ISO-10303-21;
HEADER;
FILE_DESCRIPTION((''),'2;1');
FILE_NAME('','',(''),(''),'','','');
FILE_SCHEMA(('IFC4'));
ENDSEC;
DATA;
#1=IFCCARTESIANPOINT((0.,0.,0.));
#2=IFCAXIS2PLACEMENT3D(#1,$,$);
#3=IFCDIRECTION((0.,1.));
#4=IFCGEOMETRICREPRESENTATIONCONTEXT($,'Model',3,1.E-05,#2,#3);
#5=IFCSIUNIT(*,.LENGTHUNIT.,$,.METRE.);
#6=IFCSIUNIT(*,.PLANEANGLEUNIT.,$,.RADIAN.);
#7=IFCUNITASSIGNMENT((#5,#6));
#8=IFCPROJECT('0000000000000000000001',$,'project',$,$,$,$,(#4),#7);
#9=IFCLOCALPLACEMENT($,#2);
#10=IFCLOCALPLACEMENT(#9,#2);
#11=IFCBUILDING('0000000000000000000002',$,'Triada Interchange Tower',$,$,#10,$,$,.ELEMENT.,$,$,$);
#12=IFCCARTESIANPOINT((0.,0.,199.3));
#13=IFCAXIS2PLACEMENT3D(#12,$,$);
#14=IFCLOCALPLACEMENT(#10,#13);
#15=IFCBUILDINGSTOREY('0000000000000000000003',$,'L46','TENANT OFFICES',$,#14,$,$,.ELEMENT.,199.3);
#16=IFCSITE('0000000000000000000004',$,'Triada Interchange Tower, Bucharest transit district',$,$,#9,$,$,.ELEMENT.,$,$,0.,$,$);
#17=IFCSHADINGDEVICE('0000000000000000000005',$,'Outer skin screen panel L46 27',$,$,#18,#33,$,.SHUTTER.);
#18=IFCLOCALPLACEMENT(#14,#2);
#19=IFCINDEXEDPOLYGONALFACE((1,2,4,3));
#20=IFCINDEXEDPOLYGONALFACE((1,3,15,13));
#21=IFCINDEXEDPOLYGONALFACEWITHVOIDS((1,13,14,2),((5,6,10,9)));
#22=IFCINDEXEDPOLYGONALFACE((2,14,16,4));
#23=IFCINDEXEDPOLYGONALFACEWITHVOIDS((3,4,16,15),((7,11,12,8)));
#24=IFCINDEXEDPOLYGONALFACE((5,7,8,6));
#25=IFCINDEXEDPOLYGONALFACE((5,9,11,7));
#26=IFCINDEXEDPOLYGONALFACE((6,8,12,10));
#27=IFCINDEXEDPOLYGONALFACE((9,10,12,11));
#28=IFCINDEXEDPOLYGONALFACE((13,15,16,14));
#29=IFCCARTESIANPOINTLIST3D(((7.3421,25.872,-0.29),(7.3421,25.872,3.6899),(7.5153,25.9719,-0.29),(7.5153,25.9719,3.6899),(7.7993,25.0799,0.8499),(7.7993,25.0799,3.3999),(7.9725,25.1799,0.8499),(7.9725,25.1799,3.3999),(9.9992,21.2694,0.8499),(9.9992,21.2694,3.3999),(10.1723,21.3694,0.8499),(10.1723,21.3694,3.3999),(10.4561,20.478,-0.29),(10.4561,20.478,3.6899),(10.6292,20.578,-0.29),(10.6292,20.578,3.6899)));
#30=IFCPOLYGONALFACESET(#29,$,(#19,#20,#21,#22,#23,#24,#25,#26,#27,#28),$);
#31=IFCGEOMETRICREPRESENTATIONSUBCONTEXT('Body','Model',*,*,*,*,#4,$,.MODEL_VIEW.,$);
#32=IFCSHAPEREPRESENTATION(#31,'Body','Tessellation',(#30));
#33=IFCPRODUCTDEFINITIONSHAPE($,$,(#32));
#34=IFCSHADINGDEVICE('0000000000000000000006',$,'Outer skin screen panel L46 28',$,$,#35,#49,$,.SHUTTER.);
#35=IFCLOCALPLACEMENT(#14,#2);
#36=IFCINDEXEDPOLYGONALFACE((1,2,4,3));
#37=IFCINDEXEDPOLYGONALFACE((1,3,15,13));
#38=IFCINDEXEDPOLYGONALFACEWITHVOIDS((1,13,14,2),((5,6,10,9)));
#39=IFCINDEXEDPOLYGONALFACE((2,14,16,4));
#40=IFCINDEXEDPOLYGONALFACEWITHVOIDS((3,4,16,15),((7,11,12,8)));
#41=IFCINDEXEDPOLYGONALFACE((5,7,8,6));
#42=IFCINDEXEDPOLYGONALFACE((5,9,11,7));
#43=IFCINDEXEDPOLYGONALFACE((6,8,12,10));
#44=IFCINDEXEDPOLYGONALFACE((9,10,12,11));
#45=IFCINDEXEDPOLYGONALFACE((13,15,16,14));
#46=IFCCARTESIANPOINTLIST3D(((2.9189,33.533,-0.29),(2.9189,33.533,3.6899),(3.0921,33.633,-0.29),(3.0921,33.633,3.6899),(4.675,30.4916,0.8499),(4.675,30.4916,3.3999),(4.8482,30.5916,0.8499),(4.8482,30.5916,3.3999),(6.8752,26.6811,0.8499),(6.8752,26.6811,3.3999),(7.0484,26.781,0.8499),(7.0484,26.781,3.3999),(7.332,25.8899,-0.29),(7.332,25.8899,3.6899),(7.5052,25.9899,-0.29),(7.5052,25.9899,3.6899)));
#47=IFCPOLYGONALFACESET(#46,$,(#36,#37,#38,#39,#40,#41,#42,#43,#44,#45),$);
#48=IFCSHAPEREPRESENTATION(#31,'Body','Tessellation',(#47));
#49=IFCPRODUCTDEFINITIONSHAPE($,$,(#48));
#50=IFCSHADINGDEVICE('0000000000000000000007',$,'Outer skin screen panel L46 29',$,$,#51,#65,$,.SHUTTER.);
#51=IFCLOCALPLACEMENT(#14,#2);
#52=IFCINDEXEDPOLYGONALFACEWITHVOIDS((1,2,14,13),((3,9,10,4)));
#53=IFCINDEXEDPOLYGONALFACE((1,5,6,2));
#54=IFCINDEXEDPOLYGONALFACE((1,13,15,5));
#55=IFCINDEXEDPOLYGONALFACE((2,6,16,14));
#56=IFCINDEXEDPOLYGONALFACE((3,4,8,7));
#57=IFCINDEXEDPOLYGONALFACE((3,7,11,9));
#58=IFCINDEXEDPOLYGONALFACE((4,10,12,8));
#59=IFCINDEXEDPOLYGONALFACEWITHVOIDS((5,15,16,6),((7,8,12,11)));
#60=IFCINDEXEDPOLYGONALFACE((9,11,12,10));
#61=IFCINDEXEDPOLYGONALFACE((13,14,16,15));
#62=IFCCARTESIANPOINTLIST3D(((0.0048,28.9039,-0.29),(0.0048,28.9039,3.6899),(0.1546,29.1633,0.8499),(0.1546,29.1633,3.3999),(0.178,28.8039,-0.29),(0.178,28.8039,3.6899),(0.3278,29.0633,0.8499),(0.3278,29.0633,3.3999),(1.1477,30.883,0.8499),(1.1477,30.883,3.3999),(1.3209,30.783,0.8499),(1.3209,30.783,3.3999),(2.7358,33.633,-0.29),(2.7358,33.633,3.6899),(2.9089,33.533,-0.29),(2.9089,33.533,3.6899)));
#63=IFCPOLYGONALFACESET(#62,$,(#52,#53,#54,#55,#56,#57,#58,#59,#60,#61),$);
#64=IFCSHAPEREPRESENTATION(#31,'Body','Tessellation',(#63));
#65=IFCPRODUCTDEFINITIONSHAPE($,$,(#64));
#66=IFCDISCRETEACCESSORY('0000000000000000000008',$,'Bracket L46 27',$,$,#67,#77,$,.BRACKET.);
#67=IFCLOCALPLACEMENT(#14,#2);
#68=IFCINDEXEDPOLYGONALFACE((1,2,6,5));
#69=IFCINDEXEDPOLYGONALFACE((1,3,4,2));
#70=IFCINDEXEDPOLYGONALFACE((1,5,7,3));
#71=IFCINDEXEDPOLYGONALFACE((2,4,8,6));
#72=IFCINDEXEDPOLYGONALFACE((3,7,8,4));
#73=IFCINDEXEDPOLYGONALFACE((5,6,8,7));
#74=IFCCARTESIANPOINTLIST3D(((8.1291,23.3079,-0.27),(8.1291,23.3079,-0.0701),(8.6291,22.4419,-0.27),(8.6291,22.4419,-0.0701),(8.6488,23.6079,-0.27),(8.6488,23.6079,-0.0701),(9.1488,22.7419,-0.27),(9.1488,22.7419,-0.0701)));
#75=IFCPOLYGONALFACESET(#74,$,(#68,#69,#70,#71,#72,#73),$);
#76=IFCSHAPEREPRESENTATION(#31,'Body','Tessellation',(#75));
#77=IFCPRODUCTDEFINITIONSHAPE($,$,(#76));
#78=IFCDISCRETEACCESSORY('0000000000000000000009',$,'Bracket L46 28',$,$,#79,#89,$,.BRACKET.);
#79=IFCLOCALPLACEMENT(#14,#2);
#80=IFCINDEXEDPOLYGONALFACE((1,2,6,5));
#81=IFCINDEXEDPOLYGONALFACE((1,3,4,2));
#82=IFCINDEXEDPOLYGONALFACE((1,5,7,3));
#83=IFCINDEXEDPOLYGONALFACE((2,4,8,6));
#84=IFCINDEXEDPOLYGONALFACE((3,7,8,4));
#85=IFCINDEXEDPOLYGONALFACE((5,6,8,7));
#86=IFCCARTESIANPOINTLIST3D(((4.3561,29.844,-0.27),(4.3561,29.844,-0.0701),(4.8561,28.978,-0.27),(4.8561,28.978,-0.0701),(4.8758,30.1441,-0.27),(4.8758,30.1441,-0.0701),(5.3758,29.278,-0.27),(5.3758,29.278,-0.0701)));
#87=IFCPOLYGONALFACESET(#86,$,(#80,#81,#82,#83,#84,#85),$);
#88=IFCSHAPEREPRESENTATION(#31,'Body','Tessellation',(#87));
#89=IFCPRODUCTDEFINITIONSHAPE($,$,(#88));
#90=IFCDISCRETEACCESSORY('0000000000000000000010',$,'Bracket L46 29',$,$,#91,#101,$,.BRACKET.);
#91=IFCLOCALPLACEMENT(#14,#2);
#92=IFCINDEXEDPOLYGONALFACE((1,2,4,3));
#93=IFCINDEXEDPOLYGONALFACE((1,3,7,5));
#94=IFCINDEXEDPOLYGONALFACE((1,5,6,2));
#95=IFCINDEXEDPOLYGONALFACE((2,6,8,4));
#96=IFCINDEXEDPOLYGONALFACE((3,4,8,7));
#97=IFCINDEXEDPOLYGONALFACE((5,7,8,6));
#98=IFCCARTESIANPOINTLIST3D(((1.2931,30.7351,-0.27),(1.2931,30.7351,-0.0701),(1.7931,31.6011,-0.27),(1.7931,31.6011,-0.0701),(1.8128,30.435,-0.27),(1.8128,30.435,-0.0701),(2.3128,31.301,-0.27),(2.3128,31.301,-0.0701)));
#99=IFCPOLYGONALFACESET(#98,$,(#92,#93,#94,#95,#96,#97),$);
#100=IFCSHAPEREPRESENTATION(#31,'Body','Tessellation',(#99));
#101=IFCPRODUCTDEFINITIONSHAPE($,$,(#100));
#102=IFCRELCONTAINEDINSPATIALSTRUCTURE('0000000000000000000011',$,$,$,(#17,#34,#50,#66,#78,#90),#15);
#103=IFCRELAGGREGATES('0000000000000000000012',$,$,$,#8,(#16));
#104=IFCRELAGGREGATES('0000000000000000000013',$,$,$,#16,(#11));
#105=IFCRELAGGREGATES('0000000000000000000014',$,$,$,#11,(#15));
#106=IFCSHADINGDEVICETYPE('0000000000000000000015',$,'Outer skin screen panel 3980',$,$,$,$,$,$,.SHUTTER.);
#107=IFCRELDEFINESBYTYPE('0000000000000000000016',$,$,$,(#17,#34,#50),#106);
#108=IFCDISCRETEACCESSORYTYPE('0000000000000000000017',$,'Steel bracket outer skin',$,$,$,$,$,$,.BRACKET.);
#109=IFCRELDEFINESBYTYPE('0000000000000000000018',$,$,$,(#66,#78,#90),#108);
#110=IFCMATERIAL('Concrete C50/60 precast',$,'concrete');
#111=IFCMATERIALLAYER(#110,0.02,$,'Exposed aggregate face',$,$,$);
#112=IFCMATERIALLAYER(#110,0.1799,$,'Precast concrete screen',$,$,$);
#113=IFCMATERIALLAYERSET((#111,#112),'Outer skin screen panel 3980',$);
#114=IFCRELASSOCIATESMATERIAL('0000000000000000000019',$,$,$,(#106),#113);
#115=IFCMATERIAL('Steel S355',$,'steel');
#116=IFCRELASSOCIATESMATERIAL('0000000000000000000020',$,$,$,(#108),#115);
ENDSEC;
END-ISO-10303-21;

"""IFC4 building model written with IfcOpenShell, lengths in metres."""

from ifc_helpers import new_model, si_unit, direction, frame, origin, origin_2d, place, context, subcontext, project, spatial, polyline, rectangle, outline, extrude, material, layer, layer_set, type_object, element, save


model = new_model("IFC4")

# Units and contexts
model_context = context("Model", 3, precision=1e-05, world=origin(), true_north=direction((0.0, 1.0)))
body_context = subcontext(model_context, "Body", "Model", "MODEL_VIEW")
ifc_project = project(units=[si_unit("LENGTHUNIT", "METRE"), si_unit("PLANEANGLEUNIT", "RADIAN")], contexts=[model_context])

# Site, building, storey
site_placement = place(None, origin())
site = spatial("IfcSite", under=ifc_project, at=site_placement, Name="Triada Interchange Tower, Bucharest transit district", CompositionType="ELEMENT", RefElevation=0.0)
building_placement = place(site_placement, origin())
building = spatial("IfcBuilding", under=site, at=building_placement, Name="Triada Interchange Tower", CompositionType="ELEMENT")
storey_placement = place(building_placement, frame((0.0, 0.0, 199.3)))
storey = spatial("IfcBuildingStorey", under=building, at=storey_placement, Name="L46", Description="TENANT OFFICES", CompositionType="ELEMENT", Elevation=199.3)

# Shading devices
ifc_material_1 = material(Name="Concrete C50/60 precast", Category="concrete")
ifc_layer_1 = layer(ifc_material_1, 0.02, Name="Exposed aggregate face")
ifc_layer_2 = layer(ifc_material_1, 0.1799, Name="Precast concrete screen")
ifc_layer_set_1 = layer_set([ifc_layer_1, ifc_layer_2], Name="Outer skin screen panel 3980")
shading_device_type = type_object("IfcShadingDeviceType", Name="Outer skin screen panel 3980", PredefinedType="SHUTTER", material=ifc_layer_set_1)
shading_device_1_placement = place(storey_placement, frame((10.4561, 20.478, -0.29), z_axis=(0.0, 0.0, 1.0), x_axis=(-0.499971, 0.866042, 0.0)))
element("IfcShadingDevice", 1, at=shading_device_1_placement, inside=storey, type_object=shading_device_type, Name="Outer skin screen panel L46 27", PredefinedType="SHUTTER", context=body_context, shape_type="SweptSolid", body=[
    extrude(outline(polyline([(0.0, 0.0), (6.2283, 0.0), (6.2283, 3.98), (0.0, 3.98), (0.0, 0.0)]), holes=[polyline([(0.9138, 1.1399), (0.9138, 3.6899), (5.3137, 3.6899), (5.3137, 1.1399), (0.9138, 1.1399)])]), frame((0.0, 0.0, 0.0), z_axis=(0.0, -1.0, 0.0), x_axis=(1.0, 0.0, 0.0)), (0.0, 0.0, 1.0), 0.2),
])
shading_device_2_placement = place(storey_placement, frame((7.332, 25.8899, -0.29), z_axis=(0.0, 0.0, 1.0), x_axis=(-0.500031, 0.866008, 0.0)))
element("IfcShadingDevice", 2, at=shading_device_2_placement, inside=storey, type_object=shading_device_type, Name="Outer skin screen panel L46 28", PredefinedType="SHUTTER", context=body_context, shape_type="SweptSolid", body=[
    extrude(outline(polyline([(0.0, 0.0), (8.8257, 0.0), (8.8257, 3.98), (0.0, 3.98), (0.0, 0.0)]), holes=[polyline([(0.9136, 1.1399), (0.9136, 3.6899), (5.3137, 3.6899), (5.3137, 1.1399), (0.9136, 1.1399)])]), frame((0.0, 0.0, 0.0), z_axis=(0.0, -1.0, 0.0), x_axis=(1.0, 0.0, 0.0)), (0.0, 0.0, 1.0), 0.2),
])
shading_device_3_placement = place(storey_placement, frame((2.9089, 33.533, -0.29), z_axis=(0.0, 0.0, 1.0), x_axis=(-0.500091, -0.865973, 0.0)))
element("IfcShadingDevice", 3, at=shading_device_3_placement, inside=storey, type_object=shading_device_type, Name="Outer skin screen panel L46 29", PredefinedType="SHUTTER", context=body_context, shape_type="SweptSolid", body=[
    extrude(outline(polyline([(0.0, 0.0), (5.4609, 0.0), (5.4609, 3.98), (0.0, 3.98), (0.0, 0.0)]), holes=[polyline([(3.1755, 1.1399), (3.1755, 3.6899), (5.1614, 3.6899), (5.1614, 1.1399), (3.1755, 1.1399)])]), frame((0.0, 0.0, 0.0), z_axis=(0.0, -1.0, 0.0), x_axis=(1.0, 0.0, 0.0)), (0.0, 0.0, 1.0), 0.2),
])

# Discrete accessories
ifc_material_2 = material(Name="Steel S355", Category="steel")
discrete_accessory_type = type_object("IfcDiscreteAccessoryType", Name="Steel bracket outer skin", PredefinedType="BRACKET", material=ifc_material_2)
for number, where, z_axis, x_axis, name in (
    (4, (8.6389, 23.0249, -0.27), (0.0, 0.0, 1.0), (0.866023, 0.500003, 0.0), "Bracket L46 27"),
    (5, (4.866, 29.561, -0.27), (0.0, 0.0, 1.0), (0.866023, 0.500003, 0.0), "Bracket L46 28"),
    (6, (1.803, 31.0181, -0.27), (0.0, 0.0, 1.0), (-0.866017, 0.500015, 0.0), "Bracket L46 29"),
):
    element("IfcDiscreteAccessory", number, at=place(storey_placement, frame(where, z_axis=z_axis, x_axis=x_axis)), inside=storey, type_object=discrete_accessory_type, Name=name, PredefinedType="BRACKET", context=body_context, shape_type="SweptSolid", body=[
        extrude(rectangle(XDim=0.6001, YDim=1.0, at=origin_2d()), origin(), (0.0, 0.0, 1.0), 0.2),
    ])

save(model, "model.ifc")
